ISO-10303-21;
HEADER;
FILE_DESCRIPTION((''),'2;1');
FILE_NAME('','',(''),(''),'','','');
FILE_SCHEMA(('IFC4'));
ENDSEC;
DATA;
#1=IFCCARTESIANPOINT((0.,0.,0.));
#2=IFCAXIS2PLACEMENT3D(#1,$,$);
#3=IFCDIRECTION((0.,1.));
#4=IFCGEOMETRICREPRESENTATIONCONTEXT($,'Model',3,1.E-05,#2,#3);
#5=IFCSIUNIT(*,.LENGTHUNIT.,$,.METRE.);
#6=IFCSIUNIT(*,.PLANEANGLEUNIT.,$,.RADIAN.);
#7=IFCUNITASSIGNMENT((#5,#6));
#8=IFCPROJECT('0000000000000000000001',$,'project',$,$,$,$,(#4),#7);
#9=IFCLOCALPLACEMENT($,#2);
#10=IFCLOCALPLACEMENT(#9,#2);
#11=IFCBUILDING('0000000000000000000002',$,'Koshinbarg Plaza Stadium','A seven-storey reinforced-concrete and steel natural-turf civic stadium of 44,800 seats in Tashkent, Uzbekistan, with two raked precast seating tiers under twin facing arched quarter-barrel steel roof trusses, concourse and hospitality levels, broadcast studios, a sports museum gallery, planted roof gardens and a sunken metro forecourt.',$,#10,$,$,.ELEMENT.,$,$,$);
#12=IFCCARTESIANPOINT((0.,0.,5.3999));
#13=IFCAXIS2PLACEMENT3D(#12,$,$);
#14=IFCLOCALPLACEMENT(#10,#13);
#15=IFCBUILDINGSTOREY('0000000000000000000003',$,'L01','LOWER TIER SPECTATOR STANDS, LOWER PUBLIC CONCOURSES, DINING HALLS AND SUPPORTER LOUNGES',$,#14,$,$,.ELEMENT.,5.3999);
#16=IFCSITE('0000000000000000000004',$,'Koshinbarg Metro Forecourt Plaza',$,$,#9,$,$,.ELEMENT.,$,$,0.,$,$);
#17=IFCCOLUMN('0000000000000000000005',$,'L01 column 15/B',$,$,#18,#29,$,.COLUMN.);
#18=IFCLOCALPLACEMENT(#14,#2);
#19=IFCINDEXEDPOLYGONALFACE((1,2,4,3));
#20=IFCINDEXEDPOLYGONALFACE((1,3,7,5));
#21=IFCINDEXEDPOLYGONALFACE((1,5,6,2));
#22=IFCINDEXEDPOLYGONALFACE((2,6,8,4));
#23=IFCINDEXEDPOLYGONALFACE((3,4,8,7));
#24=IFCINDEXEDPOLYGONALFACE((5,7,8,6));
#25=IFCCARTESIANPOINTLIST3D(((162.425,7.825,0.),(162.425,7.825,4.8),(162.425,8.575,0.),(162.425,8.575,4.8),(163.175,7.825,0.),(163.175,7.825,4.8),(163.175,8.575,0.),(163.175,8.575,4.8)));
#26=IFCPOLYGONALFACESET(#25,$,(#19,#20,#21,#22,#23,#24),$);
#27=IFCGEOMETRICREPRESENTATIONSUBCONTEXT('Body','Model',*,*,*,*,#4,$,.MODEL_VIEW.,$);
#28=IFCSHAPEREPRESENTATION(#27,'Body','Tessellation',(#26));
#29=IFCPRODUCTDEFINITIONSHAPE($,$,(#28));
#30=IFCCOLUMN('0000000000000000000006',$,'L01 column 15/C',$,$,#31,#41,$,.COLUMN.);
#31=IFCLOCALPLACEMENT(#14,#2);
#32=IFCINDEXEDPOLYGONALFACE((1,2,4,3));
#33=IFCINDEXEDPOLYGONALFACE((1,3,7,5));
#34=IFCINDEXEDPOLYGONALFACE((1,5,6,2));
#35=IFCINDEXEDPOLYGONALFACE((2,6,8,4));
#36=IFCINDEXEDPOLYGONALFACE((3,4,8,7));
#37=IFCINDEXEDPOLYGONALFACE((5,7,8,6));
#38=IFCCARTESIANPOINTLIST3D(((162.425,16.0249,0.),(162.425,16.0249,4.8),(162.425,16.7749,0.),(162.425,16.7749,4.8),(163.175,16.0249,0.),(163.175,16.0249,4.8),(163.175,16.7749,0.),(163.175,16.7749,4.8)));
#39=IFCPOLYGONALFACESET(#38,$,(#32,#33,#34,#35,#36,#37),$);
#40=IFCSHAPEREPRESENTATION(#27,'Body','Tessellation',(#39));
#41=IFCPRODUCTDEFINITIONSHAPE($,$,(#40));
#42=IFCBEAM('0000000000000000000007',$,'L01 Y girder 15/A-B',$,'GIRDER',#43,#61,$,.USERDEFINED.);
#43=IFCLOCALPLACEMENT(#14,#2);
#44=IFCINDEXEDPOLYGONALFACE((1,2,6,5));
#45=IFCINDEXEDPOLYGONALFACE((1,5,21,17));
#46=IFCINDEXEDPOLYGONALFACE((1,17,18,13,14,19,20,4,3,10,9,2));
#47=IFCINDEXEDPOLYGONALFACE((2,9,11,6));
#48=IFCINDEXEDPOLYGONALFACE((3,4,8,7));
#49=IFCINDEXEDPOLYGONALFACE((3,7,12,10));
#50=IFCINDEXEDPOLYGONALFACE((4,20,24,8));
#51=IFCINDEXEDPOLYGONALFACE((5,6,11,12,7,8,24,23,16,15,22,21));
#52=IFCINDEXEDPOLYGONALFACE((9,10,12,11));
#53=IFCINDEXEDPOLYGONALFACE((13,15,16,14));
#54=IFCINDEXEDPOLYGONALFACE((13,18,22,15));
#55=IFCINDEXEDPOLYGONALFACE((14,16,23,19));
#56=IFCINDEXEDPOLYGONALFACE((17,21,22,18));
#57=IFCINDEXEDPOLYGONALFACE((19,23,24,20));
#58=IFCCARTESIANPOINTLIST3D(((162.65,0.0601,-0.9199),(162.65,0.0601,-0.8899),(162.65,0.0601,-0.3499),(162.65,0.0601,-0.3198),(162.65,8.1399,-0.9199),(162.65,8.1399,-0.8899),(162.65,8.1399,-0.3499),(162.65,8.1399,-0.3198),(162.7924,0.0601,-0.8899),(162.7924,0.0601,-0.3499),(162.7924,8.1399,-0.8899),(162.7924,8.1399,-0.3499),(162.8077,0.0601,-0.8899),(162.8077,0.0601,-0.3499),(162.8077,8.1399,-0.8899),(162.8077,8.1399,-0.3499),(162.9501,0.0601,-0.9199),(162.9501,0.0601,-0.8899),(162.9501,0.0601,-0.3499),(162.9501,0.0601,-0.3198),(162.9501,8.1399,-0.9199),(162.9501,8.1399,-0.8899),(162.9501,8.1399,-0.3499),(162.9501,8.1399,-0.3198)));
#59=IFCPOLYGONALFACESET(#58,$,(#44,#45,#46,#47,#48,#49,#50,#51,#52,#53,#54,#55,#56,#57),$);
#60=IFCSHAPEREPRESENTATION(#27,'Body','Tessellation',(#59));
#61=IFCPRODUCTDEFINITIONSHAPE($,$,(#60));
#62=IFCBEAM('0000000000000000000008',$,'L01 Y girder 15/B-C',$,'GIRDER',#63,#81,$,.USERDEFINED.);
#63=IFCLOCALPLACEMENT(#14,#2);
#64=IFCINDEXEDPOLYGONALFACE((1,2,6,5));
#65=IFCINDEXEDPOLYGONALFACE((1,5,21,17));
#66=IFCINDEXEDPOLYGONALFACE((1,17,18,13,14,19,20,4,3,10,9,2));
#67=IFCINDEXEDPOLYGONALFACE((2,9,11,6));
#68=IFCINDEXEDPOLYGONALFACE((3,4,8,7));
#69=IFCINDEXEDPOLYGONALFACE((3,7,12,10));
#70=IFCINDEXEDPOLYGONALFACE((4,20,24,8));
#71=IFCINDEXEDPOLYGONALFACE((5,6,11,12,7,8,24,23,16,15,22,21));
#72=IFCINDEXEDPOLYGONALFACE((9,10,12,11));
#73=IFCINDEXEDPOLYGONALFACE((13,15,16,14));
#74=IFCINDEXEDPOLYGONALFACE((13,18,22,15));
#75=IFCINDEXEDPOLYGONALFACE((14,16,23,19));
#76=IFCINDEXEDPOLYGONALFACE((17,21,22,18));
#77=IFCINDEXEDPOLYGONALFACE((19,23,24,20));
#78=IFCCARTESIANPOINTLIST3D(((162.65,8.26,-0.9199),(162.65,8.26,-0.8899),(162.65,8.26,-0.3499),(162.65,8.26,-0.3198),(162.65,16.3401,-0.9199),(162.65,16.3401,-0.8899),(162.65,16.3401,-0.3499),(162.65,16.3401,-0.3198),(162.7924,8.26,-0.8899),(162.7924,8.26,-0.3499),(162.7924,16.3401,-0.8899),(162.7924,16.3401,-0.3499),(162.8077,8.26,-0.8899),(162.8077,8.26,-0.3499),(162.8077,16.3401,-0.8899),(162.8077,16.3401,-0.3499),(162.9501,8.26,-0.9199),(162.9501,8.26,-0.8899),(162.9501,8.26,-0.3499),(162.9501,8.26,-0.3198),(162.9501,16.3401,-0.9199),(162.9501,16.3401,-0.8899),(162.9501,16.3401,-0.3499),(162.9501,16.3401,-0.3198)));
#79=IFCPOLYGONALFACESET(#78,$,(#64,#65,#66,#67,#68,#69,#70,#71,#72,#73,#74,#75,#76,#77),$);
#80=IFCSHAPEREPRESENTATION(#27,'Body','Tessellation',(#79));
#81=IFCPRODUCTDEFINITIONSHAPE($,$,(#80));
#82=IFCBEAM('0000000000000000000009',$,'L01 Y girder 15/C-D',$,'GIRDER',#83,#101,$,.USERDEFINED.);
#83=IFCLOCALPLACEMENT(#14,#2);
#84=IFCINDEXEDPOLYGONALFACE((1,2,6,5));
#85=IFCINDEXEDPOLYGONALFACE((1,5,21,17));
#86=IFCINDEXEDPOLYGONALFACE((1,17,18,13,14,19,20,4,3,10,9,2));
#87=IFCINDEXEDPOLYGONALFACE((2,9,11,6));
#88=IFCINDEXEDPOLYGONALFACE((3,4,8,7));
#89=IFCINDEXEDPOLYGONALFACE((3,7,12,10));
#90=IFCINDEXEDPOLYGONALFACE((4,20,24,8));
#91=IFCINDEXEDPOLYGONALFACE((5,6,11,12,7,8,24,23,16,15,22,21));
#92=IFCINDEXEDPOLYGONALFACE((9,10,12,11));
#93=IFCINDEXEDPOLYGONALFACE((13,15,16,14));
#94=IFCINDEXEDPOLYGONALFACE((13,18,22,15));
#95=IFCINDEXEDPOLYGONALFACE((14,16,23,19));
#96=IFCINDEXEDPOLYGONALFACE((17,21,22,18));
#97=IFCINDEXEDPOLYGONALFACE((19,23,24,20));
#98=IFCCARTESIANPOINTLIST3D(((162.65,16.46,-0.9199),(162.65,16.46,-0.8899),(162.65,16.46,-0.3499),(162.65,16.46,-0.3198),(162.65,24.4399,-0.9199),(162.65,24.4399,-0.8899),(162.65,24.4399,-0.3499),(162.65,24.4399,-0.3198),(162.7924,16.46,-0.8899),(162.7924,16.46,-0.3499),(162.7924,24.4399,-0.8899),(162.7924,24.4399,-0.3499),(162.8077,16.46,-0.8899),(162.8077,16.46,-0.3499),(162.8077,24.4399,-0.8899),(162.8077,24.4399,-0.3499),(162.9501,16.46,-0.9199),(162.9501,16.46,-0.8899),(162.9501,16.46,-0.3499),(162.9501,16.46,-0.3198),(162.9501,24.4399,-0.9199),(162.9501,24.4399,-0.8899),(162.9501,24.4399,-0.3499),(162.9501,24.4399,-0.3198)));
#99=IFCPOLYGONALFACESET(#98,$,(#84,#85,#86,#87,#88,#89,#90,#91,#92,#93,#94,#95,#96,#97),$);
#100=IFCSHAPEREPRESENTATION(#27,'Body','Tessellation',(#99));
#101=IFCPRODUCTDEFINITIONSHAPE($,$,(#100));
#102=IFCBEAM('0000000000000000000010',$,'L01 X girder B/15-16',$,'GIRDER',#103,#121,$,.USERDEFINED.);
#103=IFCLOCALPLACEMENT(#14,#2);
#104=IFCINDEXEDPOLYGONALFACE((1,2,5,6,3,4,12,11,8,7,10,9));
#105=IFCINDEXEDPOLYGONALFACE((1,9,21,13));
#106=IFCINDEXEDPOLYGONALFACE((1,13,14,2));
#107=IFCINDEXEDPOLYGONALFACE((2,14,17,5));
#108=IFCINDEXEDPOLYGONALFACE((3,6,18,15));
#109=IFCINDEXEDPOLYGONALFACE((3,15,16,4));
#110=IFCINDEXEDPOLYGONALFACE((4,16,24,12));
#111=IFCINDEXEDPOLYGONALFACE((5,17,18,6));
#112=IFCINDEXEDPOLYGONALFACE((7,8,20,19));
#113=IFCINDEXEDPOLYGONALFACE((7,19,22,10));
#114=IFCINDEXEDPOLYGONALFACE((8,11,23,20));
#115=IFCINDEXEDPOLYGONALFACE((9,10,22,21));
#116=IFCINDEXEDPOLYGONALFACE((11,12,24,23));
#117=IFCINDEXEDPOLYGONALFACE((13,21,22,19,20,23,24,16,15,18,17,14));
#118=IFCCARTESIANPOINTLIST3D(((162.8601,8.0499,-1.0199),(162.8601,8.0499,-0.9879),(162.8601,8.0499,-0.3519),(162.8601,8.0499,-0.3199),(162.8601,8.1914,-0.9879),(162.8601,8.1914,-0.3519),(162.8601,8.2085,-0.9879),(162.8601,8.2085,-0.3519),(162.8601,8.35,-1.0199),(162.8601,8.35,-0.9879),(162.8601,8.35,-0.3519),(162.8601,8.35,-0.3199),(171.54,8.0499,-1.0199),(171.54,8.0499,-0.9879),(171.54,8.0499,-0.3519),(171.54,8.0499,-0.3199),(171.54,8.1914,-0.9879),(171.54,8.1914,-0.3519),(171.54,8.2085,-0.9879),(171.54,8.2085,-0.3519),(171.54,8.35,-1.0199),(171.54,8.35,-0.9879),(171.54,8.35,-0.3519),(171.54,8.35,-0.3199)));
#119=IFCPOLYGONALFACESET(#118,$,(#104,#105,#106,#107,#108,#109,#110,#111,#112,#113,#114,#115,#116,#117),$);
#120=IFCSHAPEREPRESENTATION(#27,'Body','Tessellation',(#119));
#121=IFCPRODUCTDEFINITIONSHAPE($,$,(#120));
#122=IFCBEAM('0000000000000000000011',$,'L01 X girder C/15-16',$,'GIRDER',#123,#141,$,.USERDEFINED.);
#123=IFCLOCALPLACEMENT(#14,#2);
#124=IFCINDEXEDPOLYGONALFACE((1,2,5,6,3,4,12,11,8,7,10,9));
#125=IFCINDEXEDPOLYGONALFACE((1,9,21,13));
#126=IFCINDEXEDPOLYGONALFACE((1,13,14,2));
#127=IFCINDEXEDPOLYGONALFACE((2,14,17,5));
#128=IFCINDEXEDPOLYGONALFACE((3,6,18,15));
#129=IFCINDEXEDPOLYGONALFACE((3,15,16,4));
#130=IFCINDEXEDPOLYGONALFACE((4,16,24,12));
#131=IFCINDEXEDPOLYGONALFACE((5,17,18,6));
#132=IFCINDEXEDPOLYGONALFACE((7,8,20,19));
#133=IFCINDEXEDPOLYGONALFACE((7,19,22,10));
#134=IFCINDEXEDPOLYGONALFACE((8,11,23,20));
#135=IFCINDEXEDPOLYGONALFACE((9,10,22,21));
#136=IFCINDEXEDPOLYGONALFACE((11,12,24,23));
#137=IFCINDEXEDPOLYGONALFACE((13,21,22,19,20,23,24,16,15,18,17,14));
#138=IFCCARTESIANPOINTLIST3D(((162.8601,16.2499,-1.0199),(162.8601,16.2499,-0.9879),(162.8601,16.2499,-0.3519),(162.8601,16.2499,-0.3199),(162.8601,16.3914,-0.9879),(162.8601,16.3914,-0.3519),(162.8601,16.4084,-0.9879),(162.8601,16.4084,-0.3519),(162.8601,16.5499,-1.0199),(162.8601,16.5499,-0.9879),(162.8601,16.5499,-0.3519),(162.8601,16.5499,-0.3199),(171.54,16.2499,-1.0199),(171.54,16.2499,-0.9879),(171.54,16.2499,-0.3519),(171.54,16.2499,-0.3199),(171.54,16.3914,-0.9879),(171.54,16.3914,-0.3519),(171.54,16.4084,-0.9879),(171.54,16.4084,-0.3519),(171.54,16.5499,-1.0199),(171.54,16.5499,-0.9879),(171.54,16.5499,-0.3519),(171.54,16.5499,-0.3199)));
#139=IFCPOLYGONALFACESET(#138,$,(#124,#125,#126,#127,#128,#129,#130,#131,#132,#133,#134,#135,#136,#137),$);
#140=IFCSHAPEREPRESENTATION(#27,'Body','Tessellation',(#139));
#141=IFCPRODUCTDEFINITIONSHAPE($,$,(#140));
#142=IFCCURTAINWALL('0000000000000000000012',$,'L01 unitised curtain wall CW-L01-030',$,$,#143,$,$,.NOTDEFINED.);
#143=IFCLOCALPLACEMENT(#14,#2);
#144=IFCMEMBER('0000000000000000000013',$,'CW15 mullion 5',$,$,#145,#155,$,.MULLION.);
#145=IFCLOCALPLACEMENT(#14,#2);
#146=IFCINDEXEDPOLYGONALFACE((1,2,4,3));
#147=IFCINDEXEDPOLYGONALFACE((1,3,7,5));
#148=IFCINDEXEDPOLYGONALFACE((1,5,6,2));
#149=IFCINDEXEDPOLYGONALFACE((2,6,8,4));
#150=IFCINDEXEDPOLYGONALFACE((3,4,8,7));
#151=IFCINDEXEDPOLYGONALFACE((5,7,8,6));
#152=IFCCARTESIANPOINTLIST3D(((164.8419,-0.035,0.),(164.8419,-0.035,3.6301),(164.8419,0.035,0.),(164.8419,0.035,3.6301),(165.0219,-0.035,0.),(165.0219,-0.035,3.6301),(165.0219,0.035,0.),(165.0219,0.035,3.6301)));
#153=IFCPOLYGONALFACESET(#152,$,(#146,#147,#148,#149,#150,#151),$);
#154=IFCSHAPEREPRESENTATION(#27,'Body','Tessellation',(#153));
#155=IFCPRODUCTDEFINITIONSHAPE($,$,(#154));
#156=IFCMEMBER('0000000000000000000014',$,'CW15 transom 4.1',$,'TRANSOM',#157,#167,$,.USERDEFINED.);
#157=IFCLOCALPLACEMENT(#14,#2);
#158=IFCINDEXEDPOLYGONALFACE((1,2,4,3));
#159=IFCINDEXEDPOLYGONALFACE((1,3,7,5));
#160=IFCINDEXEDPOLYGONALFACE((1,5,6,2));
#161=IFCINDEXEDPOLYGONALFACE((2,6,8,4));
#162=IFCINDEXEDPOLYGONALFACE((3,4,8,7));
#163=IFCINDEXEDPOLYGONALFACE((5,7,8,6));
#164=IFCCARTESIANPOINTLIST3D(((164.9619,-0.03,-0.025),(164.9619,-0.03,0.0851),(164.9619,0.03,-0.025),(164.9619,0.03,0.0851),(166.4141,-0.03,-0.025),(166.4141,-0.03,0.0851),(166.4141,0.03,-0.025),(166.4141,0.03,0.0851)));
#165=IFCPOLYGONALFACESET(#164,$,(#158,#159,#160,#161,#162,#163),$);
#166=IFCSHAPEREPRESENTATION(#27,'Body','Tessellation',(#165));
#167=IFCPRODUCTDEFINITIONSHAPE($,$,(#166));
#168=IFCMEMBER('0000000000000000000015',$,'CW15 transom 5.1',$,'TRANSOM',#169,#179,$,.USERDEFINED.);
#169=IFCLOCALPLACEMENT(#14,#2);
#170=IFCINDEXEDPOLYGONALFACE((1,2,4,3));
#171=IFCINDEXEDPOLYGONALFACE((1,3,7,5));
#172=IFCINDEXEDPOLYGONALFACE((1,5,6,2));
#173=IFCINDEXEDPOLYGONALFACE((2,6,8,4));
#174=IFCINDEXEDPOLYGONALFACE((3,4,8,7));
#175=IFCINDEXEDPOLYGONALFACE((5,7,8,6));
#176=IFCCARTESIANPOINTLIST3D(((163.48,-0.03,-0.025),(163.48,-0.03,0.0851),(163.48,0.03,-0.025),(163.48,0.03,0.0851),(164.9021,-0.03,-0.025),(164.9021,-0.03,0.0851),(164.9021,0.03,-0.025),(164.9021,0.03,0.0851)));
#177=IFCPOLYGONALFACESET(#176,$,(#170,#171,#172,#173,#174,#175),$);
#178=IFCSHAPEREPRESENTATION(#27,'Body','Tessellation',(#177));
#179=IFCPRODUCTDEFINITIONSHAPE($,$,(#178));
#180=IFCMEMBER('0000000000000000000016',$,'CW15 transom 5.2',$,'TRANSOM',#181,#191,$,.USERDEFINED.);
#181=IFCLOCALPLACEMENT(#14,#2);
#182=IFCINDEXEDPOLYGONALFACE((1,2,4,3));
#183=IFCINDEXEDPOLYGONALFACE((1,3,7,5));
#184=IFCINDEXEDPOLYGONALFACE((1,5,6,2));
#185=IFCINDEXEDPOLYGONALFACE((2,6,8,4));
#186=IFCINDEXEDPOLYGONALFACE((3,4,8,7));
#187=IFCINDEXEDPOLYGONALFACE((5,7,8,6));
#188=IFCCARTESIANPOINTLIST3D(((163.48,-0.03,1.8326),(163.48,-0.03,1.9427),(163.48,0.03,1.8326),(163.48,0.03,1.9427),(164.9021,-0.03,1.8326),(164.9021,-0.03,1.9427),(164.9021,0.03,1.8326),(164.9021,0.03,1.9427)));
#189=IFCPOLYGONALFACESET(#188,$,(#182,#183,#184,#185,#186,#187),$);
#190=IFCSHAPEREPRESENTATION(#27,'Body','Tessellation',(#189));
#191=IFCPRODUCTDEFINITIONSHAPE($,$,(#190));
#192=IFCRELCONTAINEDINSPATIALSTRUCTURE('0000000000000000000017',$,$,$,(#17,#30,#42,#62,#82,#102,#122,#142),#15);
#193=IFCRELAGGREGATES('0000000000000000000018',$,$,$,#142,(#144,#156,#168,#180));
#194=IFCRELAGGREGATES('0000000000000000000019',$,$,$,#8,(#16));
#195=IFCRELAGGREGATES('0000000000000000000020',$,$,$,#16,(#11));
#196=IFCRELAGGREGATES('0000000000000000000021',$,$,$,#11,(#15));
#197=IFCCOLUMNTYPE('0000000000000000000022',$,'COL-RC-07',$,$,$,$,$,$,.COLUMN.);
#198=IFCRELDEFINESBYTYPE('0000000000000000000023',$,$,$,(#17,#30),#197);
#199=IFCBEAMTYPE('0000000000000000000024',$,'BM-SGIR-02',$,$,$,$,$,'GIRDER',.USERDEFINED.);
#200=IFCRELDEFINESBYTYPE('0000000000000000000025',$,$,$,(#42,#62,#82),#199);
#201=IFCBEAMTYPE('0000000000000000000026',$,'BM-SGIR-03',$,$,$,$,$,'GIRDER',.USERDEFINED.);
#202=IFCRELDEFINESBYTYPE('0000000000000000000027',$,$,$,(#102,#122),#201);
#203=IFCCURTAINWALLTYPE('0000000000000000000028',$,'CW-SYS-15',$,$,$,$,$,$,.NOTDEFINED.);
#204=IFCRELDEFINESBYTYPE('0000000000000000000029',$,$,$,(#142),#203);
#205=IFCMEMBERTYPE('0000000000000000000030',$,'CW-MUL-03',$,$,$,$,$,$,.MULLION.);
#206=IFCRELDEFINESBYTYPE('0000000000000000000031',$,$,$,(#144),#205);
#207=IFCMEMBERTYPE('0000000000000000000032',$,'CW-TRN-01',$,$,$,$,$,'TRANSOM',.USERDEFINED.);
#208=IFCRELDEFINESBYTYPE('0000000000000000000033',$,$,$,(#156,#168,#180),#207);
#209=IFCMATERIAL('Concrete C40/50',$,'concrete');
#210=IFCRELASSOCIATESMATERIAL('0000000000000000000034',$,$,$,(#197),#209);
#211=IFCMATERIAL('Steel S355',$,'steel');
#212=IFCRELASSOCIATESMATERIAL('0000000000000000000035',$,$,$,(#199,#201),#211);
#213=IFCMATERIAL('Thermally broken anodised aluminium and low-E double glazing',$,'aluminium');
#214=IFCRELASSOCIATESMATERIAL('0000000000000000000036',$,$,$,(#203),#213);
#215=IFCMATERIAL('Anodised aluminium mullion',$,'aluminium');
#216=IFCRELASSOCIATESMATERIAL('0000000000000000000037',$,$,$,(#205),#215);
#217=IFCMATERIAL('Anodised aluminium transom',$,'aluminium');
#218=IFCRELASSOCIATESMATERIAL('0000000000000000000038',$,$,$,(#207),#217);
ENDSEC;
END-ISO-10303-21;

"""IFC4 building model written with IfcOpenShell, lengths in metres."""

from ifc_helpers import new_model, si_unit, direction, frame, origin, origin_2d, place, context, subcontext, project, spatial, rectangle, i_section, extrude, material, material_profile, profile_set, type_object, element, aggregate, save


model = new_model("IFC4")

# Units and contexts
model_context = context("Model", 3, precision=1e-05, world=origin(), true_north=direction((0.0, 1.0)))
body_context = subcontext(model_context, "Body", "Model", "MODEL_VIEW")
ifc_project = project(units=[si_unit("LENGTHUNIT", "METRE"), si_unit("PLANEANGLEUNIT", "RADIAN")], contexts=[model_context])

# Site, building, storey
site_placement = place(None, origin())
site = spatial("IfcSite", under=ifc_project, at=site_placement, Name="Koshinbarg Metro Forecourt Plaza", CompositionType="ELEMENT", RefElevation=0.0)
building_placement = place(site_placement, origin())
building = spatial("IfcBuilding", under=site, at=building_placement, Name="Koshinbarg Plaza Stadium", Description="A seven-storey reinforced-concrete and steel natural-turf civic stadium of 44,800 seats in Tashkent, Uzbekistan, with two raked precast seating tiers under twin facing arched quarter-barrel steel roof trusses, concourse and hospitality levels, broadcast studios, a sports museum gallery, planted roof gardens and a sunken metro forecourt.", CompositionType="ELEMENT")
storey_placement = place(building_placement, frame((0.0, 0.0, 5.3999)))
storey = spatial("IfcBuildingStorey", under=building, at=storey_placement, Name="L01", Description="LOWER TIER SPECTATOR STANDS, LOWER PUBLIC CONCOURSES, DINING HALLS AND SUPPORTER LOUNGES", CompositionType="ELEMENT", Elevation=5.3999)

# Columns
ifc_material_1 = material(Name="Concrete C40/50", Category="concrete")
ifc_material_profile_1 = material_profile(ifc_material_1, rectangle(XDim=0.75, YDim=0.75, at=origin_2d()), Name="RC 750x750")
ifc_profile_set_1 = profile_set([ifc_material_profile_1], Name="Concrete C40/50")
column_type = type_object("IfcColumnType", Name="COL-RC-07", PredefinedType="COLUMN", material=ifc_profile_set_1)
for number, where, z_axis, x_axis, name in (
    (1, (162.8, 8.2, 0.0), (0.0, 0.0, 1.0), (1.0, 0.0, 0.0), "L01 column 15/B"),
    (2, (162.8, 16.3999, 0.0), (0.0, 0.0, 1.0), (1.0, 0.0, 0.0), "L01 column 15/C"),
):
    element("IfcColumn", number, at=place(storey_placement, frame(where, z_axis=z_axis, x_axis=x_axis)), inside=storey, type_object=column_type, Name=name, PredefinedType="COLUMN", context=body_context, shape_type="SweptSolid", body=[
        extrude(rectangle(XDim=0.75, YDim=0.75, at=origin_2d()), origin(), (0.0, 0.0, 1.0), 4.8),
    ])

# Beams
ifc_material_2 = material(Name="Steel S355", Category="steel")
ifc_material_profile_2 = material_profile(ifc_material_2, i_section(OverallWidth=0.3, OverallDepth=0.6001, WebThickness=0.0154, FlangeThickness=0.03, at=origin_2d()), Name="HEB 600")
ifc_profile_set_2 = profile_set([ifc_material_profile_2], Name="Steel S355")
beam_type_1 = type_object("IfcBeamType", Name="BM-SGIR-02", ElementType="GIRDER", PredefinedType="USERDEFINED", material=ifc_profile_set_2)
beam_1_placement = place(storey_placement, frame((162.8, 0.0601, -0.6199), z_axis=(0.0, 1.0, 0.0), x_axis=(-1.0, 0.0, 0.0)))
element("IfcBeam", 3, at=beam_1_placement, inside=storey, type_object=beam_type_1, Name="L01 Y girder 15/A-B", ObjectType="GIRDER", PredefinedType="USERDEFINED", context=body_context, shape_type="SweptSolid", body=[
    extrude(i_section(OverallWidth=0.3, OverallDepth=0.6001, WebThickness=0.0154, FlangeThickness=0.03, at=origin_2d()), origin(), (0.0, 0.0, 1.0), 8.0798),
])
beam_2_placement = place(storey_placement, frame((162.8, 8.26, -0.6199), z_axis=(0.0, 1.0, 0.0), x_axis=(-1.0, 0.0, 0.0)))
element("IfcBeam", 4, at=beam_2_placement, inside=storey, type_object=beam_type_1, Name="L01 Y girder 15/B-C", ObjectType="GIRDER", PredefinedType="USERDEFINED", context=body_context, shape_type="SweptSolid", body=[
    extrude(i_section(OverallWidth=0.3, OverallDepth=0.6001, WebThickness=0.0154, FlangeThickness=0.03, at=origin_2d()), origin(), (0.0, 0.0, 1.0), 8.0801),
])
beam_3_placement = place(storey_placement, frame((162.8, 16.46, -0.6199), z_axis=(0.0, 1.0, 0.0), x_axis=(-1.0, 0.0, 0.0)))
element("IfcBeam", 5, at=beam_3_placement, inside=storey, type_object=beam_type_1, Name="L01 Y girder 15/C-D", ObjectType="GIRDER", PredefinedType="USERDEFINED", context=body_context, shape_type="SweptSolid", body=[
    extrude(i_section(OverallWidth=0.3, OverallDepth=0.6001, WebThickness=0.0154, FlangeThickness=0.03, at=origin_2d()), origin(), (0.0, 0.0, 1.0), 7.98),
])
ifc_material_profile_3 = material_profile(ifc_material_2, i_section(OverallWidth=0.3, OverallDepth=0.7, WebThickness=0.0171, FlangeThickness=0.032, at=origin_2d()), Name="HEB 700")
ifc_profile_set_3 = profile_set([ifc_material_profile_3], Name="Steel S355")
beam_type_2 = type_object("IfcBeamType", Name="BM-SGIR-03", ElementType="GIRDER", PredefinedType="USERDEFINED", material=ifc_profile_set_3)
for number, where, z_axis, x_axis, name in (
    (6, (162.8601, 8.2, -0.6699), (1.0, 0.0, 0.0), (0.0, 1.0, 0.0), "L01 X girder B/15-16"),
    (7, (162.8601, 16.3999, -0.6699), (1.0, 0.0, 0.0), (0.0, 1.0, 0.0), "L01 X girder C/15-16"),
):
    element("IfcBeam", number, at=place(storey_placement, frame(where, z_axis=z_axis, x_axis=x_axis)), inside=storey, type_object=beam_type_2, Name=name, ObjectType="GIRDER", PredefinedType="USERDEFINED", context=body_context, shape_type="SweptSolid", body=[
        extrude(i_section(OverallWidth=0.3, OverallDepth=0.7, WebThickness=0.0171, FlangeThickness=0.032, at=origin_2d()), origin(), (0.0, 0.0, 1.0), 8.6799),
    ])

# Curtain wall, members
ifc_material_3 = material(Name="Thermally broken anodised aluminium and low-E double glazing", Category="aluminium")
curtain_wall_type = type_object("IfcCurtainWallType", Name="CW-SYS-15", PredefinedType="NOTDEFINED", material=ifc_material_3)
curtain_wall_placement = place(storey_placement, origin())
curtain_wall = element("IfcCurtainWall", 8, at=curtain_wall_placement, inside=storey, type_object=curtain_wall_type, Name="L01 unitised curtain wall CW-L01-030", PredefinedType="NOTDEFINED")
ifc_material_4 = material(Name="Anodised aluminium mullion", Category="aluminium")
ifc_material_profile_4 = material_profile(ifc_material_4, rectangle(XDim=0.0701, YDim=0.1799, at=origin_2d()), Name="ALU 70x180")
ifc_profile_set_4 = profile_set([ifc_material_profile_4], Name="Anodised aluminium mullion")
member_type_1 = type_object("IfcMemberType", Name="CW-MUL-03", PredefinedType="MULLION", material=ifc_profile_set_4)
member_1_placement = place(storey_placement, frame((164.9319, 0.0, 0.0), z_axis=(0.0, 0.0, 1.0), x_axis=(0.0, -1.0, 0.0)))
member_1 = element("IfcMember", 9, at=member_1_placement, type_object=member_type_1, Name="CW15 mullion 5", PredefinedType="MULLION", context=body_context, shape_type="SweptSolid", body=[
    extrude(rectangle(XDim=0.0701, YDim=0.1799, at=origin_2d()), origin(), (0.0, 0.0, 1.0), 3.6301),
])
ifc_material_5 = material(Name="Anodised aluminium transom", Category="aluminium")
ifc_material_profile_5 = material_profile(ifc_material_5, rectangle(XDim=0.0601, YDim=0.1101, at=origin_2d()), Name="ALU 60x110")
ifc_profile_set_5 = profile_set([ifc_material_profile_5], Name="Anodised aluminium transom")
member_type_2 = type_object("IfcMemberType", Name="CW-TRN-01", ElementType="TRANSOM", PredefinedType="USERDEFINED", material=ifc_profile_set_5)
member_2_placement = place(storey_placement, frame((166.4141, 0.0, 0.03), z_axis=(-1.0, 0.0, 0.0), x_axis=(0.0, -1.0, 0.0)))
member_2 = element("IfcMember", 10, at=member_2_placement, type_object=member_type_2, Name="CW15 transom 4.1", ObjectType="TRANSOM", PredefinedType="USERDEFINED", context=body_context, shape_type="SweptSolid", body=[
    extrude(rectangle(XDim=0.0601, YDim=0.1101, at=origin_2d()), origin(), (0.0, 0.0, 1.0), 1.4521),
])
member_3_placement = place(storey_placement, frame((164.9021, 0.0, 0.03), z_axis=(-1.0, 0.0, 0.0), x_axis=(0.0, -1.0, 0.0)))
member_3 = element("IfcMember", 11, at=member_3_placement, type_object=member_type_2, Name="CW15 transom 5.1", ObjectType="TRANSOM", PredefinedType="USERDEFINED", context=body_context, shape_type="SweptSolid", body=[
    extrude(rectangle(XDim=0.0601, YDim=0.1101, at=origin_2d()), origin(), (0.0, 0.0, 1.0), 1.4221),
])
member_4_placement = place(storey_placement, frame((164.9021, 0.0, 1.8877), z_axis=(-1.0, 0.0, 0.0), x_axis=(0.0, -1.0, 0.0)))
member_4 = element("IfcMember", 12, at=member_4_placement, type_object=member_type_2, Name="CW15 transom 5.2", ObjectType="TRANSOM", PredefinedType="USERDEFINED", context=body_context, shape_type="SweptSolid", body=[
    extrude(rectangle(XDim=0.0601, YDim=0.1101, at=origin_2d()), origin(), (0.0, 0.0, 1.0), 1.4221),
])
aggregate(curtain_wall, [member_1, member_2, member_3, member_4])

save(model, "model.ifc")
